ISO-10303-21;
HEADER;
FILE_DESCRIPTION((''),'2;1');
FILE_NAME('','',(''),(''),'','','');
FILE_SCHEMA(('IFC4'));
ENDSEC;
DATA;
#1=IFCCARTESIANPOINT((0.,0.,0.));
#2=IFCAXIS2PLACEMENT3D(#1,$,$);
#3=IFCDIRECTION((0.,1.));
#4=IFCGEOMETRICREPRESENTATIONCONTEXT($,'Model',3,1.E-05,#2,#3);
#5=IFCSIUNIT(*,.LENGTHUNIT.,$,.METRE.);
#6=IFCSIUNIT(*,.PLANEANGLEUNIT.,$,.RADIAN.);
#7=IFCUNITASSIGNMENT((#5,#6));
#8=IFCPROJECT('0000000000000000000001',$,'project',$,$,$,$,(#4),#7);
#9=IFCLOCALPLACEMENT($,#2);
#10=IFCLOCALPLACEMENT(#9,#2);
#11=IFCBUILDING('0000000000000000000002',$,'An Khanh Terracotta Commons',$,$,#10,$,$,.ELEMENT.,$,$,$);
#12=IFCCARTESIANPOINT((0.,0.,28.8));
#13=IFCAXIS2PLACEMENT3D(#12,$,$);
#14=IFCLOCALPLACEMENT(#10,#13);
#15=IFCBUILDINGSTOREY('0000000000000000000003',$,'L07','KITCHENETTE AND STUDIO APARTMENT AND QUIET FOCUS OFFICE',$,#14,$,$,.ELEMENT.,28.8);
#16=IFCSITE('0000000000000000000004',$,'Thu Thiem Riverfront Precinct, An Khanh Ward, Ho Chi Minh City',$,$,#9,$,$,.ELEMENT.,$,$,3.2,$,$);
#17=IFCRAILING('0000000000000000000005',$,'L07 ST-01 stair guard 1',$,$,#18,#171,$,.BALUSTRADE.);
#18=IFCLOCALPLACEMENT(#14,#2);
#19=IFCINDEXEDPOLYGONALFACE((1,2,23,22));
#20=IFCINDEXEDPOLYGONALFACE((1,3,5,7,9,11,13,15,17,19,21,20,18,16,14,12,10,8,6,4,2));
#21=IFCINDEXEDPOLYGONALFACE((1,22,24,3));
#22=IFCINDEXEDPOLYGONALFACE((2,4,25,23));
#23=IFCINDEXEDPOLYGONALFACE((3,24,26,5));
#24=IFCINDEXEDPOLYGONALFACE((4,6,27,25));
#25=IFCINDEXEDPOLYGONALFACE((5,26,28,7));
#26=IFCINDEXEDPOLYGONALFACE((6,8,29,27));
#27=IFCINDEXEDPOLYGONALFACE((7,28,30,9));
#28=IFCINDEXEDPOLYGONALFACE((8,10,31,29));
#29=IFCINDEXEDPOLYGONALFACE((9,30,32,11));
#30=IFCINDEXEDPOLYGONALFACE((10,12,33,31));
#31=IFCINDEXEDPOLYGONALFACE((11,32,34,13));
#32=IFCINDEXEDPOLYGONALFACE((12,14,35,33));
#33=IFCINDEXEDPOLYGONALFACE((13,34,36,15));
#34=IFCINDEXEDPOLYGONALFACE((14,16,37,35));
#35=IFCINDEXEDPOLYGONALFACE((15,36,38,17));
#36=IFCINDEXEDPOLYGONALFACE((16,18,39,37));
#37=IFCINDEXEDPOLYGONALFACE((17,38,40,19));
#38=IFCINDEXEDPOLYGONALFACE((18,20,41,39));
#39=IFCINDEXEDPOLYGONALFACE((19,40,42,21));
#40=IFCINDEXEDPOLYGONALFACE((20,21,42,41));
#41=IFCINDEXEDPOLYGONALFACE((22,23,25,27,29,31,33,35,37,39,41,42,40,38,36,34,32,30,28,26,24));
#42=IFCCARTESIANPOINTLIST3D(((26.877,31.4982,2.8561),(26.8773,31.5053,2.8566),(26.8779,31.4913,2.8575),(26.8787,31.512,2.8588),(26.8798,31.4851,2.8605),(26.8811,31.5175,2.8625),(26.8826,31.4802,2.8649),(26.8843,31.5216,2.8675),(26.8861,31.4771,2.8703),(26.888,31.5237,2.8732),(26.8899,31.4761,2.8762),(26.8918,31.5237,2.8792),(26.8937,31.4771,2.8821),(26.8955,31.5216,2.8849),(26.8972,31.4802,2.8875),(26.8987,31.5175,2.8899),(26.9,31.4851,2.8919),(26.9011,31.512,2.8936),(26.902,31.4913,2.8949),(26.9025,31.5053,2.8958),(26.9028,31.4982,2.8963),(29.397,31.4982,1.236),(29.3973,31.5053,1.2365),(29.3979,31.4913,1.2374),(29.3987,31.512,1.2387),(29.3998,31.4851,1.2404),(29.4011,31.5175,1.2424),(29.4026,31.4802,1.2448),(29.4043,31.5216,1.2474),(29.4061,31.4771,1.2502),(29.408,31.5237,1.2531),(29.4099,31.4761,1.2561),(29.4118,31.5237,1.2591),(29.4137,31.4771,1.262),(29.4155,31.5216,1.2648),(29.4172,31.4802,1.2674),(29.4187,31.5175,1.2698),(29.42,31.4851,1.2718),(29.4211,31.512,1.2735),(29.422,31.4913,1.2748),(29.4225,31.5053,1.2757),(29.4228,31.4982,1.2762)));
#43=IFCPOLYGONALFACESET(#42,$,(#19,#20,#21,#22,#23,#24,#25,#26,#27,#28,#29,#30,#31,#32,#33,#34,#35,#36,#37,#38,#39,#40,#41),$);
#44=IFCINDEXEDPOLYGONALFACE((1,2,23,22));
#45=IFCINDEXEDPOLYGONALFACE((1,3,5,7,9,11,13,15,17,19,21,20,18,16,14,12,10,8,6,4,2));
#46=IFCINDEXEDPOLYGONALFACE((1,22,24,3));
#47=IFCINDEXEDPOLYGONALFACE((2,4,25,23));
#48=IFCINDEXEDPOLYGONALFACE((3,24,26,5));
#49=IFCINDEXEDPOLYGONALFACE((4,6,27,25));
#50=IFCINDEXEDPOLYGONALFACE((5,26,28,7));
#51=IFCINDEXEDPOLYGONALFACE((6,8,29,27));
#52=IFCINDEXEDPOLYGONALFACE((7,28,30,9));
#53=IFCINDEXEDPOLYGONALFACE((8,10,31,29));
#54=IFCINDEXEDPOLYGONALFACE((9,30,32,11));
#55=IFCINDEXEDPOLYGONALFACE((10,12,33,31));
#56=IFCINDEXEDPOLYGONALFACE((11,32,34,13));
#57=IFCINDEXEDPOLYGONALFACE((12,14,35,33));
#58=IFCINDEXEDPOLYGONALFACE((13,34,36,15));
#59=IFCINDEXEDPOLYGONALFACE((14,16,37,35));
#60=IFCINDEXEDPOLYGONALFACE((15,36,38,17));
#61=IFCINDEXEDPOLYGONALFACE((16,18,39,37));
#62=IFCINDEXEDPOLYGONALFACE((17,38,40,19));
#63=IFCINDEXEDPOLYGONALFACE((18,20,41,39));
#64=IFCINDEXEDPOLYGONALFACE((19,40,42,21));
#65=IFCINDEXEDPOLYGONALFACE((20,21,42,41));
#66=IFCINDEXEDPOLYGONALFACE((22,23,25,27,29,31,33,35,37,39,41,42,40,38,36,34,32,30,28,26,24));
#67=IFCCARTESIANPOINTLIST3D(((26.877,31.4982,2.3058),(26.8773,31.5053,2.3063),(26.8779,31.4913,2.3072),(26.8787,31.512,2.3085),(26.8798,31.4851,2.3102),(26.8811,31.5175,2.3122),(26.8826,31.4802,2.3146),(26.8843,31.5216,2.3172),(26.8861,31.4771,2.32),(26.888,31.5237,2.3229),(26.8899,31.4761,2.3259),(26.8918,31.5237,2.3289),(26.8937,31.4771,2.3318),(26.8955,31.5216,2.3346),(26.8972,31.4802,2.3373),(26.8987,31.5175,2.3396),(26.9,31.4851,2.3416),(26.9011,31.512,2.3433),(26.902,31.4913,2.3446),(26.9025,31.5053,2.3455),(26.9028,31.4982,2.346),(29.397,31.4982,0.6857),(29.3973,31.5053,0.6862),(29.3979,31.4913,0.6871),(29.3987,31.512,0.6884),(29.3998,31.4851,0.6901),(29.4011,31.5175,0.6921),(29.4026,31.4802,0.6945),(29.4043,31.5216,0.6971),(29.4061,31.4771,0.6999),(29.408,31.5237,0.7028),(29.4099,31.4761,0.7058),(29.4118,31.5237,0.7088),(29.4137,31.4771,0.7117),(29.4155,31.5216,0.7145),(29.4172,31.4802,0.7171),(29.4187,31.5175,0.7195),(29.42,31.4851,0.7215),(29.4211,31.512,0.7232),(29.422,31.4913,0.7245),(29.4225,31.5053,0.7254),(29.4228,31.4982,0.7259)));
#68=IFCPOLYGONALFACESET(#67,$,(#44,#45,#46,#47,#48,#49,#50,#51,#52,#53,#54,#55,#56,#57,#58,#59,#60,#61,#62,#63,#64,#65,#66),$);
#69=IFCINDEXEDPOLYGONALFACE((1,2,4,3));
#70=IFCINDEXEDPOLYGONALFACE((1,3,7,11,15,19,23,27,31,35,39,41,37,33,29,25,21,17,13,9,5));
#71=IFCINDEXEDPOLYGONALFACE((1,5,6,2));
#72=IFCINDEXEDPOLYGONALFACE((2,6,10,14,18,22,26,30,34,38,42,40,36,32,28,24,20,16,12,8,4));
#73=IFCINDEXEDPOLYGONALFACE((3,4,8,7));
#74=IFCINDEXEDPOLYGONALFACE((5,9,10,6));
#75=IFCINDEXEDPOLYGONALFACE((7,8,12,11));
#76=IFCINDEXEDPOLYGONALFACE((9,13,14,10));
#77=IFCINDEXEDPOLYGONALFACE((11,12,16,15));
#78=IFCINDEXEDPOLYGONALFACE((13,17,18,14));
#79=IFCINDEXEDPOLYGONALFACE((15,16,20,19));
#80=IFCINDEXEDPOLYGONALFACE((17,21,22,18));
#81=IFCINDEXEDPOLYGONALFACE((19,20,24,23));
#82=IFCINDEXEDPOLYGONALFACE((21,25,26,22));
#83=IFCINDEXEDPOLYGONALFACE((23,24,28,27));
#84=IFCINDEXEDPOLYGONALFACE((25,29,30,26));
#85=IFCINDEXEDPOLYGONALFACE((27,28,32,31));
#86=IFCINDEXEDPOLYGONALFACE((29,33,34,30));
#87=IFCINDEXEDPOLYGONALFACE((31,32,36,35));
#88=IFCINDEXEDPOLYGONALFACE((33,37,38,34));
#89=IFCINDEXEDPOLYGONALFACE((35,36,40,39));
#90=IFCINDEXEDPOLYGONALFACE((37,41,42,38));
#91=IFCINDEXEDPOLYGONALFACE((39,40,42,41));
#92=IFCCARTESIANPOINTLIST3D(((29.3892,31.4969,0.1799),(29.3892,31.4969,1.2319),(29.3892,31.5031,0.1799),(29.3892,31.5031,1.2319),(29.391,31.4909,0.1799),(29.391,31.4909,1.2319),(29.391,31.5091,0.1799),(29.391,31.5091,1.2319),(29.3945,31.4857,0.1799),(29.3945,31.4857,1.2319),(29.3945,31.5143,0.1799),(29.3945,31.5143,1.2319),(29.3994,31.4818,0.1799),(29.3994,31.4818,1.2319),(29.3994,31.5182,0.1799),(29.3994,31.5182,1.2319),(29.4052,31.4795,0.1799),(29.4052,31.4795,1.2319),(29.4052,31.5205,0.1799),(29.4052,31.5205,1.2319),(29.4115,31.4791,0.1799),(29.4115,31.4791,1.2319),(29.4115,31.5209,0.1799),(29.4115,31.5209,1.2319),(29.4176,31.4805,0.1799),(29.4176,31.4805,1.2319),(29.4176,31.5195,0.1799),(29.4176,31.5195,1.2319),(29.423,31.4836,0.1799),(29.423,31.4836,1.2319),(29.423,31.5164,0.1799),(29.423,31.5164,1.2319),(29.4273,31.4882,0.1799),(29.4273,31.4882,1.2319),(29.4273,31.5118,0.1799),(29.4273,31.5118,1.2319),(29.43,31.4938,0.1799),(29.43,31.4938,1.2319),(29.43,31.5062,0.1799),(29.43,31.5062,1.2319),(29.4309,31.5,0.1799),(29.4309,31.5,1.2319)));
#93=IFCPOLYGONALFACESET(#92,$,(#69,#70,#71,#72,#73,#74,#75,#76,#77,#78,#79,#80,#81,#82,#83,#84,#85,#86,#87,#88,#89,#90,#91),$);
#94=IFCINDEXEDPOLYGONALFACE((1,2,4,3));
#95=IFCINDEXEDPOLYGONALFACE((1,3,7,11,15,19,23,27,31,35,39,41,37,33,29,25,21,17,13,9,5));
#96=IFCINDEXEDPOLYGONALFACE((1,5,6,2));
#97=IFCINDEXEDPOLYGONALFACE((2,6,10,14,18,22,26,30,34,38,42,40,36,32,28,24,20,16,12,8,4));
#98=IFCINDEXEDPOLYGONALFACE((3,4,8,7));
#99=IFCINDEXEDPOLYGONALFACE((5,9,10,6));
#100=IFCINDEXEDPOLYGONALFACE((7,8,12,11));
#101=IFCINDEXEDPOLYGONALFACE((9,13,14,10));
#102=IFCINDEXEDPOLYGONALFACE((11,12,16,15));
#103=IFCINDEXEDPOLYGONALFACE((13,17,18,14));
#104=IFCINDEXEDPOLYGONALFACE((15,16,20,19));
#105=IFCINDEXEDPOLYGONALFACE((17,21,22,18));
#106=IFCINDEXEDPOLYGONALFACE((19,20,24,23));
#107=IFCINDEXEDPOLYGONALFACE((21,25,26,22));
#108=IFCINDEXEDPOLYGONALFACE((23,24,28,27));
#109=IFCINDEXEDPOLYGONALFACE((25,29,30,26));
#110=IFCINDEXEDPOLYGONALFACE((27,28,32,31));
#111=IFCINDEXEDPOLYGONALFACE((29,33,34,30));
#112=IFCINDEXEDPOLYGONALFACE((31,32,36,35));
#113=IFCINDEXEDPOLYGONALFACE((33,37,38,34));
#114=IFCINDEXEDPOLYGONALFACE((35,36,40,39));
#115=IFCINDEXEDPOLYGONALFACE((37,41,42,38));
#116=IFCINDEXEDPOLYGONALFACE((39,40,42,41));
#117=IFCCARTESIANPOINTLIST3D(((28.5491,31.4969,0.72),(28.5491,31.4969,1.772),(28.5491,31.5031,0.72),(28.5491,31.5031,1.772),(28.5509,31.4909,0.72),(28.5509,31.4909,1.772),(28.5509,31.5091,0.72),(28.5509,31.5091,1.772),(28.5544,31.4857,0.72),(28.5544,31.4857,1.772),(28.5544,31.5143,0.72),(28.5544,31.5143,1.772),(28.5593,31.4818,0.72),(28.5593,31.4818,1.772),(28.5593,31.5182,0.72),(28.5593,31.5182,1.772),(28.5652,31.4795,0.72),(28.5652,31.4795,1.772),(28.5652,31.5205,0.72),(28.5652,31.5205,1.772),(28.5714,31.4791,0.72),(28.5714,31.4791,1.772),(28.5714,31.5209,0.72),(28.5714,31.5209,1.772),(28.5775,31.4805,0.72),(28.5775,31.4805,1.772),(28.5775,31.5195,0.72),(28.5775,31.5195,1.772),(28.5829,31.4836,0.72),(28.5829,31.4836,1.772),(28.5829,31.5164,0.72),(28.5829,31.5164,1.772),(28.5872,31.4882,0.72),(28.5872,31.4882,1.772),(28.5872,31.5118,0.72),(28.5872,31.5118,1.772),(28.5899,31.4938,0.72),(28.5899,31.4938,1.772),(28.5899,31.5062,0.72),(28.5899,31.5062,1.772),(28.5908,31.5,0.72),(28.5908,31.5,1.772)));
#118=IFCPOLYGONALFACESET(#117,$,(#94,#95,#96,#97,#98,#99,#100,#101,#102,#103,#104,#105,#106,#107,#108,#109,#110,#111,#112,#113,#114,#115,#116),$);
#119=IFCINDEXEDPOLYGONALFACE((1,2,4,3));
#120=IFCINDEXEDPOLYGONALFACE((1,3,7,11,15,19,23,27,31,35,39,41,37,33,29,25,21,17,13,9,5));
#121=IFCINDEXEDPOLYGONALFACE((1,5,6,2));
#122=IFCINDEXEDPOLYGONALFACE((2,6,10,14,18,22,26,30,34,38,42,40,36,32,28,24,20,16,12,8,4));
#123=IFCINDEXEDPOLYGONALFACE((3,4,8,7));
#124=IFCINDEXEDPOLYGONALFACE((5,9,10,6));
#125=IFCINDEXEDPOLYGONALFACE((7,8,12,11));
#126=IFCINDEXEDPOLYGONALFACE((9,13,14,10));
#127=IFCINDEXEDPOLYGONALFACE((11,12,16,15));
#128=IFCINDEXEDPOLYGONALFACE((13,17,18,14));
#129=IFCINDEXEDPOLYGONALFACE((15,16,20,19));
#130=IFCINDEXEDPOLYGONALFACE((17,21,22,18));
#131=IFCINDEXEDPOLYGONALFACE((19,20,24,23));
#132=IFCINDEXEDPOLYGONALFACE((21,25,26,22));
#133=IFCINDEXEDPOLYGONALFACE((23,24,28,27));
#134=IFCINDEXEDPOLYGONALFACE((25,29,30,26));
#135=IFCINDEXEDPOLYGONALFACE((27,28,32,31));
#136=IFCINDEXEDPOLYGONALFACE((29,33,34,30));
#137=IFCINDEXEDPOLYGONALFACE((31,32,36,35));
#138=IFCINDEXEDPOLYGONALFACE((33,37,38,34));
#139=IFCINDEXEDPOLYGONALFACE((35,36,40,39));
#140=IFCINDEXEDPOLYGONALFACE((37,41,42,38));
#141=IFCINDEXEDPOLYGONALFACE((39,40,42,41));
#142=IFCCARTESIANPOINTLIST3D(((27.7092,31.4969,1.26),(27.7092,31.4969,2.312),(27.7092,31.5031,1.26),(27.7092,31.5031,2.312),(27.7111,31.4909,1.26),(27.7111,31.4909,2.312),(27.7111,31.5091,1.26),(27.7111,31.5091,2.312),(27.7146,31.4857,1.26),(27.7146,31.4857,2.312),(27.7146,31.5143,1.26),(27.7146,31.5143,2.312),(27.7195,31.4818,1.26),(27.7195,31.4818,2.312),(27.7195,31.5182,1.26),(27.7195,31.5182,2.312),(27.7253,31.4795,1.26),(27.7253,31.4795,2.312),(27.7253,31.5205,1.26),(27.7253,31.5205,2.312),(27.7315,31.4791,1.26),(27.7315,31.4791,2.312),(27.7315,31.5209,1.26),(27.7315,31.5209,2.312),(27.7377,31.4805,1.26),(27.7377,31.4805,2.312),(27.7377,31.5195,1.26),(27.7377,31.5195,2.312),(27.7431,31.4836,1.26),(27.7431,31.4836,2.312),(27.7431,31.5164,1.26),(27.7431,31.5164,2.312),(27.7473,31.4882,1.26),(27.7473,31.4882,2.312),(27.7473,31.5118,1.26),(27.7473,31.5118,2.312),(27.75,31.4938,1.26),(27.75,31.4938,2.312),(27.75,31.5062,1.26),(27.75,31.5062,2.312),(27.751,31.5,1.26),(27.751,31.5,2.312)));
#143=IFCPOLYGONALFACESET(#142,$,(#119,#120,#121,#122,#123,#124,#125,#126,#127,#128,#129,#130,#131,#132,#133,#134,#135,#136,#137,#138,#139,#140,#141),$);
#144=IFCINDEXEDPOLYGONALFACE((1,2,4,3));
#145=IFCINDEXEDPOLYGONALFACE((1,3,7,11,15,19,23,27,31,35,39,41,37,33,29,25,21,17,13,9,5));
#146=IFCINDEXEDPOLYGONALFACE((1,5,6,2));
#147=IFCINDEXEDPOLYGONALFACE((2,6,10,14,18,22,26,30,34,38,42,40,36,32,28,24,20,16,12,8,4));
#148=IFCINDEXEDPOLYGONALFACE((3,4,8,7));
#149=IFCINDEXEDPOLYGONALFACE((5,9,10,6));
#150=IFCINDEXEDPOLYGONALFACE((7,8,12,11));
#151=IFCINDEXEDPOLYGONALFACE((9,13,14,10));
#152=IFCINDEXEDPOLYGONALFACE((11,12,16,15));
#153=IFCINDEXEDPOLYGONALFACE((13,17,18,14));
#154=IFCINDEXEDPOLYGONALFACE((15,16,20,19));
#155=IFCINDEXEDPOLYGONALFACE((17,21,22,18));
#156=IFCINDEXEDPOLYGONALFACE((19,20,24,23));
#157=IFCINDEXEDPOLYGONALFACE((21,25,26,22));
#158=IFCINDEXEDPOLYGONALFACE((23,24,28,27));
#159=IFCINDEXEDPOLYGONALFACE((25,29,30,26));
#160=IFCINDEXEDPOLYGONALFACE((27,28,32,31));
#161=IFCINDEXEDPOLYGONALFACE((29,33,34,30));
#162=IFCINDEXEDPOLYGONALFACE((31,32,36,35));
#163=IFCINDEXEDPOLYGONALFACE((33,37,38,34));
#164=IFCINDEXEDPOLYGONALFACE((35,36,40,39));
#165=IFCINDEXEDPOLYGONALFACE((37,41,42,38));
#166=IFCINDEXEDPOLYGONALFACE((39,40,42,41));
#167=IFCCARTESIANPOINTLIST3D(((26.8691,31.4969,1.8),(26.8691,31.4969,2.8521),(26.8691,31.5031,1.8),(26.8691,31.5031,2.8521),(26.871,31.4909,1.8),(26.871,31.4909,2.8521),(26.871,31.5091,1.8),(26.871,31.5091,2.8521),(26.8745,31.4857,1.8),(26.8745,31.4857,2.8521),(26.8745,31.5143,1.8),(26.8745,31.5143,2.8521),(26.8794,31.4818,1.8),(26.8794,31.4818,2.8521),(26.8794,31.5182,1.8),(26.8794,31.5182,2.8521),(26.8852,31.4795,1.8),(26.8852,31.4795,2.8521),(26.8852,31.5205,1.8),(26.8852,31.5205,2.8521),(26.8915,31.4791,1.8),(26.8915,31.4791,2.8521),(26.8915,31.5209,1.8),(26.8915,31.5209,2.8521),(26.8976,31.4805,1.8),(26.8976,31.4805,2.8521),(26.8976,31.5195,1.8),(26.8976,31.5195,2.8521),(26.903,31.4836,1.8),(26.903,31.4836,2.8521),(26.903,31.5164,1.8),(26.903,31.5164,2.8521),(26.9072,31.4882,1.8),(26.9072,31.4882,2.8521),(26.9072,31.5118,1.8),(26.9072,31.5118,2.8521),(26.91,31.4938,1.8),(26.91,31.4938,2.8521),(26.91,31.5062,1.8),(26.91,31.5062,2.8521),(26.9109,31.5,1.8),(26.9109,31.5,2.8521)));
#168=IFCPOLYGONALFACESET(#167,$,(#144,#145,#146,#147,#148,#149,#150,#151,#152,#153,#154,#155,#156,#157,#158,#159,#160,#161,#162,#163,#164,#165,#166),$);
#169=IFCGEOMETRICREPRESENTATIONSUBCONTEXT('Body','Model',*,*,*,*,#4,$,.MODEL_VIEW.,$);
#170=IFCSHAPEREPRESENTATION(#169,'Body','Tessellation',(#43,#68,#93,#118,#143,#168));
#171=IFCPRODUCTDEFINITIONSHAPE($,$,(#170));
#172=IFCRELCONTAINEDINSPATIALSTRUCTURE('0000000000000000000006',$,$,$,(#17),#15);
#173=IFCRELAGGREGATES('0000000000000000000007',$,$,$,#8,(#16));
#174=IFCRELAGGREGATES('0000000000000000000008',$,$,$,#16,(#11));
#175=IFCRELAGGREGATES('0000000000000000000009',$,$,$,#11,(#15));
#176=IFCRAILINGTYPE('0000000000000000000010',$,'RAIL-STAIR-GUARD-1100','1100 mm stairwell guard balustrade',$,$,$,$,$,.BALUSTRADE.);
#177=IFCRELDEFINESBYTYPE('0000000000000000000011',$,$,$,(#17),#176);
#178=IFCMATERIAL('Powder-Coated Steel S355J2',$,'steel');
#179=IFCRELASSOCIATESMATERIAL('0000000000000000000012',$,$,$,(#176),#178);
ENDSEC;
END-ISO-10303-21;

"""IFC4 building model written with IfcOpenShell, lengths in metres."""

from ifc_helpers import new_model, si_unit, direction, frame, origin, origin_2d, place, context, subcontext, project, spatial, circle, extrude, material, type_object, element, save


model = new_model("IFC4")

# Units and contexts
model_context = context("Model", 3, precision=1e-05, world=origin(), true_north=direction((0.0, 1.0)))
body_context = subcontext(model_context, "Body", "Model", "MODEL_VIEW")
ifc_project = project(units=[si_unit("LENGTHUNIT", "METRE"), si_unit("PLANEANGLEUNIT", "RADIAN")], contexts=[model_context])

# Site, building, storey
site_placement = place(None, origin())
site = spatial("IfcSite", under=ifc_project, at=site_placement, Name="Thu Thiem Riverfront Precinct, An Khanh Ward, Ho Chi Minh City", CompositionType="ELEMENT", RefElevation=3.2)
building_placement = place(site_placement, origin())
building = spatial("IfcBuilding", under=site, at=building_placement, Name="An Khanh Terracotta Commons", CompositionType="ELEMENT")
storey_placement = place(building_placement, frame((0.0, 0.0, 28.8)))
storey = spatial("IfcBuildingStorey", under=building, at=storey_placement, Name="L07", Description="KITCHENETTE AND STUDIO APARTMENT AND QUIET FOCUS OFFICE", CompositionType="ELEMENT", Elevation=28.8)

# Railing
ifc_material_1 = material(Name="Powder-Coated Steel S355J2", Category="steel")
railing_type_1 = type_object("IfcRailingType", Name="RAIL-STAIR-GUARD-1100", Description="1100 mm stairwell guard balustrade", PredefinedType="BALUSTRADE", material=ifc_material_1)
railing_1_placement = place(storey_placement, frame((29.4099, 31.5, 0.1799)))
element("IfcRailing", 1, at=railing_1_placement, inside=storey, type_object=railing_type_1, Name="L07 ST-01 stair guard 1", PredefinedType="BALUSTRADE", context=body_context, shape_type="SweptSolid", body=[
    extrude(circle(Radius=0.0239, at=origin_2d()), frame((0.0, 0.0, 1.0762), z_axis=(-0.841163, 0.0, 0.540782), x_axis=(0.0, -1.0, 0.0)), (0.0, 0.0, 1.0), 2.9958),
    extrude(circle(Radius=0.0239, at=origin_2d()), frame((0.0, 0.0, 0.5259), z_axis=(-0.841163, 0.0, 0.540782), x_axis=(0.0, -1.0, 0.0)), (0.0, 0.0, 1.0), 2.9958),
    extrude(circle(Radius=0.021, at=origin_2d()), origin(), (0.0, 0.0, 1.0), 1.052),
    extrude(circle(Radius=0.021, at=origin_2d()), frame((-0.8401, 0.0, 0.54)), (0.0, 0.0, 1.0), 1.052),
    extrude(circle(Radius=0.021, at=origin_2d()), frame((-1.6799, 0.0, 1.0801)), (0.0, 0.0, 1.0), 1.052),
    extrude(circle(Radius=0.021, at=origin_2d()), frame((-2.52, 0.0, 1.6201)), (0.0, 0.0, 1.0), 1.052),
])

save(model, "model.ifc")
